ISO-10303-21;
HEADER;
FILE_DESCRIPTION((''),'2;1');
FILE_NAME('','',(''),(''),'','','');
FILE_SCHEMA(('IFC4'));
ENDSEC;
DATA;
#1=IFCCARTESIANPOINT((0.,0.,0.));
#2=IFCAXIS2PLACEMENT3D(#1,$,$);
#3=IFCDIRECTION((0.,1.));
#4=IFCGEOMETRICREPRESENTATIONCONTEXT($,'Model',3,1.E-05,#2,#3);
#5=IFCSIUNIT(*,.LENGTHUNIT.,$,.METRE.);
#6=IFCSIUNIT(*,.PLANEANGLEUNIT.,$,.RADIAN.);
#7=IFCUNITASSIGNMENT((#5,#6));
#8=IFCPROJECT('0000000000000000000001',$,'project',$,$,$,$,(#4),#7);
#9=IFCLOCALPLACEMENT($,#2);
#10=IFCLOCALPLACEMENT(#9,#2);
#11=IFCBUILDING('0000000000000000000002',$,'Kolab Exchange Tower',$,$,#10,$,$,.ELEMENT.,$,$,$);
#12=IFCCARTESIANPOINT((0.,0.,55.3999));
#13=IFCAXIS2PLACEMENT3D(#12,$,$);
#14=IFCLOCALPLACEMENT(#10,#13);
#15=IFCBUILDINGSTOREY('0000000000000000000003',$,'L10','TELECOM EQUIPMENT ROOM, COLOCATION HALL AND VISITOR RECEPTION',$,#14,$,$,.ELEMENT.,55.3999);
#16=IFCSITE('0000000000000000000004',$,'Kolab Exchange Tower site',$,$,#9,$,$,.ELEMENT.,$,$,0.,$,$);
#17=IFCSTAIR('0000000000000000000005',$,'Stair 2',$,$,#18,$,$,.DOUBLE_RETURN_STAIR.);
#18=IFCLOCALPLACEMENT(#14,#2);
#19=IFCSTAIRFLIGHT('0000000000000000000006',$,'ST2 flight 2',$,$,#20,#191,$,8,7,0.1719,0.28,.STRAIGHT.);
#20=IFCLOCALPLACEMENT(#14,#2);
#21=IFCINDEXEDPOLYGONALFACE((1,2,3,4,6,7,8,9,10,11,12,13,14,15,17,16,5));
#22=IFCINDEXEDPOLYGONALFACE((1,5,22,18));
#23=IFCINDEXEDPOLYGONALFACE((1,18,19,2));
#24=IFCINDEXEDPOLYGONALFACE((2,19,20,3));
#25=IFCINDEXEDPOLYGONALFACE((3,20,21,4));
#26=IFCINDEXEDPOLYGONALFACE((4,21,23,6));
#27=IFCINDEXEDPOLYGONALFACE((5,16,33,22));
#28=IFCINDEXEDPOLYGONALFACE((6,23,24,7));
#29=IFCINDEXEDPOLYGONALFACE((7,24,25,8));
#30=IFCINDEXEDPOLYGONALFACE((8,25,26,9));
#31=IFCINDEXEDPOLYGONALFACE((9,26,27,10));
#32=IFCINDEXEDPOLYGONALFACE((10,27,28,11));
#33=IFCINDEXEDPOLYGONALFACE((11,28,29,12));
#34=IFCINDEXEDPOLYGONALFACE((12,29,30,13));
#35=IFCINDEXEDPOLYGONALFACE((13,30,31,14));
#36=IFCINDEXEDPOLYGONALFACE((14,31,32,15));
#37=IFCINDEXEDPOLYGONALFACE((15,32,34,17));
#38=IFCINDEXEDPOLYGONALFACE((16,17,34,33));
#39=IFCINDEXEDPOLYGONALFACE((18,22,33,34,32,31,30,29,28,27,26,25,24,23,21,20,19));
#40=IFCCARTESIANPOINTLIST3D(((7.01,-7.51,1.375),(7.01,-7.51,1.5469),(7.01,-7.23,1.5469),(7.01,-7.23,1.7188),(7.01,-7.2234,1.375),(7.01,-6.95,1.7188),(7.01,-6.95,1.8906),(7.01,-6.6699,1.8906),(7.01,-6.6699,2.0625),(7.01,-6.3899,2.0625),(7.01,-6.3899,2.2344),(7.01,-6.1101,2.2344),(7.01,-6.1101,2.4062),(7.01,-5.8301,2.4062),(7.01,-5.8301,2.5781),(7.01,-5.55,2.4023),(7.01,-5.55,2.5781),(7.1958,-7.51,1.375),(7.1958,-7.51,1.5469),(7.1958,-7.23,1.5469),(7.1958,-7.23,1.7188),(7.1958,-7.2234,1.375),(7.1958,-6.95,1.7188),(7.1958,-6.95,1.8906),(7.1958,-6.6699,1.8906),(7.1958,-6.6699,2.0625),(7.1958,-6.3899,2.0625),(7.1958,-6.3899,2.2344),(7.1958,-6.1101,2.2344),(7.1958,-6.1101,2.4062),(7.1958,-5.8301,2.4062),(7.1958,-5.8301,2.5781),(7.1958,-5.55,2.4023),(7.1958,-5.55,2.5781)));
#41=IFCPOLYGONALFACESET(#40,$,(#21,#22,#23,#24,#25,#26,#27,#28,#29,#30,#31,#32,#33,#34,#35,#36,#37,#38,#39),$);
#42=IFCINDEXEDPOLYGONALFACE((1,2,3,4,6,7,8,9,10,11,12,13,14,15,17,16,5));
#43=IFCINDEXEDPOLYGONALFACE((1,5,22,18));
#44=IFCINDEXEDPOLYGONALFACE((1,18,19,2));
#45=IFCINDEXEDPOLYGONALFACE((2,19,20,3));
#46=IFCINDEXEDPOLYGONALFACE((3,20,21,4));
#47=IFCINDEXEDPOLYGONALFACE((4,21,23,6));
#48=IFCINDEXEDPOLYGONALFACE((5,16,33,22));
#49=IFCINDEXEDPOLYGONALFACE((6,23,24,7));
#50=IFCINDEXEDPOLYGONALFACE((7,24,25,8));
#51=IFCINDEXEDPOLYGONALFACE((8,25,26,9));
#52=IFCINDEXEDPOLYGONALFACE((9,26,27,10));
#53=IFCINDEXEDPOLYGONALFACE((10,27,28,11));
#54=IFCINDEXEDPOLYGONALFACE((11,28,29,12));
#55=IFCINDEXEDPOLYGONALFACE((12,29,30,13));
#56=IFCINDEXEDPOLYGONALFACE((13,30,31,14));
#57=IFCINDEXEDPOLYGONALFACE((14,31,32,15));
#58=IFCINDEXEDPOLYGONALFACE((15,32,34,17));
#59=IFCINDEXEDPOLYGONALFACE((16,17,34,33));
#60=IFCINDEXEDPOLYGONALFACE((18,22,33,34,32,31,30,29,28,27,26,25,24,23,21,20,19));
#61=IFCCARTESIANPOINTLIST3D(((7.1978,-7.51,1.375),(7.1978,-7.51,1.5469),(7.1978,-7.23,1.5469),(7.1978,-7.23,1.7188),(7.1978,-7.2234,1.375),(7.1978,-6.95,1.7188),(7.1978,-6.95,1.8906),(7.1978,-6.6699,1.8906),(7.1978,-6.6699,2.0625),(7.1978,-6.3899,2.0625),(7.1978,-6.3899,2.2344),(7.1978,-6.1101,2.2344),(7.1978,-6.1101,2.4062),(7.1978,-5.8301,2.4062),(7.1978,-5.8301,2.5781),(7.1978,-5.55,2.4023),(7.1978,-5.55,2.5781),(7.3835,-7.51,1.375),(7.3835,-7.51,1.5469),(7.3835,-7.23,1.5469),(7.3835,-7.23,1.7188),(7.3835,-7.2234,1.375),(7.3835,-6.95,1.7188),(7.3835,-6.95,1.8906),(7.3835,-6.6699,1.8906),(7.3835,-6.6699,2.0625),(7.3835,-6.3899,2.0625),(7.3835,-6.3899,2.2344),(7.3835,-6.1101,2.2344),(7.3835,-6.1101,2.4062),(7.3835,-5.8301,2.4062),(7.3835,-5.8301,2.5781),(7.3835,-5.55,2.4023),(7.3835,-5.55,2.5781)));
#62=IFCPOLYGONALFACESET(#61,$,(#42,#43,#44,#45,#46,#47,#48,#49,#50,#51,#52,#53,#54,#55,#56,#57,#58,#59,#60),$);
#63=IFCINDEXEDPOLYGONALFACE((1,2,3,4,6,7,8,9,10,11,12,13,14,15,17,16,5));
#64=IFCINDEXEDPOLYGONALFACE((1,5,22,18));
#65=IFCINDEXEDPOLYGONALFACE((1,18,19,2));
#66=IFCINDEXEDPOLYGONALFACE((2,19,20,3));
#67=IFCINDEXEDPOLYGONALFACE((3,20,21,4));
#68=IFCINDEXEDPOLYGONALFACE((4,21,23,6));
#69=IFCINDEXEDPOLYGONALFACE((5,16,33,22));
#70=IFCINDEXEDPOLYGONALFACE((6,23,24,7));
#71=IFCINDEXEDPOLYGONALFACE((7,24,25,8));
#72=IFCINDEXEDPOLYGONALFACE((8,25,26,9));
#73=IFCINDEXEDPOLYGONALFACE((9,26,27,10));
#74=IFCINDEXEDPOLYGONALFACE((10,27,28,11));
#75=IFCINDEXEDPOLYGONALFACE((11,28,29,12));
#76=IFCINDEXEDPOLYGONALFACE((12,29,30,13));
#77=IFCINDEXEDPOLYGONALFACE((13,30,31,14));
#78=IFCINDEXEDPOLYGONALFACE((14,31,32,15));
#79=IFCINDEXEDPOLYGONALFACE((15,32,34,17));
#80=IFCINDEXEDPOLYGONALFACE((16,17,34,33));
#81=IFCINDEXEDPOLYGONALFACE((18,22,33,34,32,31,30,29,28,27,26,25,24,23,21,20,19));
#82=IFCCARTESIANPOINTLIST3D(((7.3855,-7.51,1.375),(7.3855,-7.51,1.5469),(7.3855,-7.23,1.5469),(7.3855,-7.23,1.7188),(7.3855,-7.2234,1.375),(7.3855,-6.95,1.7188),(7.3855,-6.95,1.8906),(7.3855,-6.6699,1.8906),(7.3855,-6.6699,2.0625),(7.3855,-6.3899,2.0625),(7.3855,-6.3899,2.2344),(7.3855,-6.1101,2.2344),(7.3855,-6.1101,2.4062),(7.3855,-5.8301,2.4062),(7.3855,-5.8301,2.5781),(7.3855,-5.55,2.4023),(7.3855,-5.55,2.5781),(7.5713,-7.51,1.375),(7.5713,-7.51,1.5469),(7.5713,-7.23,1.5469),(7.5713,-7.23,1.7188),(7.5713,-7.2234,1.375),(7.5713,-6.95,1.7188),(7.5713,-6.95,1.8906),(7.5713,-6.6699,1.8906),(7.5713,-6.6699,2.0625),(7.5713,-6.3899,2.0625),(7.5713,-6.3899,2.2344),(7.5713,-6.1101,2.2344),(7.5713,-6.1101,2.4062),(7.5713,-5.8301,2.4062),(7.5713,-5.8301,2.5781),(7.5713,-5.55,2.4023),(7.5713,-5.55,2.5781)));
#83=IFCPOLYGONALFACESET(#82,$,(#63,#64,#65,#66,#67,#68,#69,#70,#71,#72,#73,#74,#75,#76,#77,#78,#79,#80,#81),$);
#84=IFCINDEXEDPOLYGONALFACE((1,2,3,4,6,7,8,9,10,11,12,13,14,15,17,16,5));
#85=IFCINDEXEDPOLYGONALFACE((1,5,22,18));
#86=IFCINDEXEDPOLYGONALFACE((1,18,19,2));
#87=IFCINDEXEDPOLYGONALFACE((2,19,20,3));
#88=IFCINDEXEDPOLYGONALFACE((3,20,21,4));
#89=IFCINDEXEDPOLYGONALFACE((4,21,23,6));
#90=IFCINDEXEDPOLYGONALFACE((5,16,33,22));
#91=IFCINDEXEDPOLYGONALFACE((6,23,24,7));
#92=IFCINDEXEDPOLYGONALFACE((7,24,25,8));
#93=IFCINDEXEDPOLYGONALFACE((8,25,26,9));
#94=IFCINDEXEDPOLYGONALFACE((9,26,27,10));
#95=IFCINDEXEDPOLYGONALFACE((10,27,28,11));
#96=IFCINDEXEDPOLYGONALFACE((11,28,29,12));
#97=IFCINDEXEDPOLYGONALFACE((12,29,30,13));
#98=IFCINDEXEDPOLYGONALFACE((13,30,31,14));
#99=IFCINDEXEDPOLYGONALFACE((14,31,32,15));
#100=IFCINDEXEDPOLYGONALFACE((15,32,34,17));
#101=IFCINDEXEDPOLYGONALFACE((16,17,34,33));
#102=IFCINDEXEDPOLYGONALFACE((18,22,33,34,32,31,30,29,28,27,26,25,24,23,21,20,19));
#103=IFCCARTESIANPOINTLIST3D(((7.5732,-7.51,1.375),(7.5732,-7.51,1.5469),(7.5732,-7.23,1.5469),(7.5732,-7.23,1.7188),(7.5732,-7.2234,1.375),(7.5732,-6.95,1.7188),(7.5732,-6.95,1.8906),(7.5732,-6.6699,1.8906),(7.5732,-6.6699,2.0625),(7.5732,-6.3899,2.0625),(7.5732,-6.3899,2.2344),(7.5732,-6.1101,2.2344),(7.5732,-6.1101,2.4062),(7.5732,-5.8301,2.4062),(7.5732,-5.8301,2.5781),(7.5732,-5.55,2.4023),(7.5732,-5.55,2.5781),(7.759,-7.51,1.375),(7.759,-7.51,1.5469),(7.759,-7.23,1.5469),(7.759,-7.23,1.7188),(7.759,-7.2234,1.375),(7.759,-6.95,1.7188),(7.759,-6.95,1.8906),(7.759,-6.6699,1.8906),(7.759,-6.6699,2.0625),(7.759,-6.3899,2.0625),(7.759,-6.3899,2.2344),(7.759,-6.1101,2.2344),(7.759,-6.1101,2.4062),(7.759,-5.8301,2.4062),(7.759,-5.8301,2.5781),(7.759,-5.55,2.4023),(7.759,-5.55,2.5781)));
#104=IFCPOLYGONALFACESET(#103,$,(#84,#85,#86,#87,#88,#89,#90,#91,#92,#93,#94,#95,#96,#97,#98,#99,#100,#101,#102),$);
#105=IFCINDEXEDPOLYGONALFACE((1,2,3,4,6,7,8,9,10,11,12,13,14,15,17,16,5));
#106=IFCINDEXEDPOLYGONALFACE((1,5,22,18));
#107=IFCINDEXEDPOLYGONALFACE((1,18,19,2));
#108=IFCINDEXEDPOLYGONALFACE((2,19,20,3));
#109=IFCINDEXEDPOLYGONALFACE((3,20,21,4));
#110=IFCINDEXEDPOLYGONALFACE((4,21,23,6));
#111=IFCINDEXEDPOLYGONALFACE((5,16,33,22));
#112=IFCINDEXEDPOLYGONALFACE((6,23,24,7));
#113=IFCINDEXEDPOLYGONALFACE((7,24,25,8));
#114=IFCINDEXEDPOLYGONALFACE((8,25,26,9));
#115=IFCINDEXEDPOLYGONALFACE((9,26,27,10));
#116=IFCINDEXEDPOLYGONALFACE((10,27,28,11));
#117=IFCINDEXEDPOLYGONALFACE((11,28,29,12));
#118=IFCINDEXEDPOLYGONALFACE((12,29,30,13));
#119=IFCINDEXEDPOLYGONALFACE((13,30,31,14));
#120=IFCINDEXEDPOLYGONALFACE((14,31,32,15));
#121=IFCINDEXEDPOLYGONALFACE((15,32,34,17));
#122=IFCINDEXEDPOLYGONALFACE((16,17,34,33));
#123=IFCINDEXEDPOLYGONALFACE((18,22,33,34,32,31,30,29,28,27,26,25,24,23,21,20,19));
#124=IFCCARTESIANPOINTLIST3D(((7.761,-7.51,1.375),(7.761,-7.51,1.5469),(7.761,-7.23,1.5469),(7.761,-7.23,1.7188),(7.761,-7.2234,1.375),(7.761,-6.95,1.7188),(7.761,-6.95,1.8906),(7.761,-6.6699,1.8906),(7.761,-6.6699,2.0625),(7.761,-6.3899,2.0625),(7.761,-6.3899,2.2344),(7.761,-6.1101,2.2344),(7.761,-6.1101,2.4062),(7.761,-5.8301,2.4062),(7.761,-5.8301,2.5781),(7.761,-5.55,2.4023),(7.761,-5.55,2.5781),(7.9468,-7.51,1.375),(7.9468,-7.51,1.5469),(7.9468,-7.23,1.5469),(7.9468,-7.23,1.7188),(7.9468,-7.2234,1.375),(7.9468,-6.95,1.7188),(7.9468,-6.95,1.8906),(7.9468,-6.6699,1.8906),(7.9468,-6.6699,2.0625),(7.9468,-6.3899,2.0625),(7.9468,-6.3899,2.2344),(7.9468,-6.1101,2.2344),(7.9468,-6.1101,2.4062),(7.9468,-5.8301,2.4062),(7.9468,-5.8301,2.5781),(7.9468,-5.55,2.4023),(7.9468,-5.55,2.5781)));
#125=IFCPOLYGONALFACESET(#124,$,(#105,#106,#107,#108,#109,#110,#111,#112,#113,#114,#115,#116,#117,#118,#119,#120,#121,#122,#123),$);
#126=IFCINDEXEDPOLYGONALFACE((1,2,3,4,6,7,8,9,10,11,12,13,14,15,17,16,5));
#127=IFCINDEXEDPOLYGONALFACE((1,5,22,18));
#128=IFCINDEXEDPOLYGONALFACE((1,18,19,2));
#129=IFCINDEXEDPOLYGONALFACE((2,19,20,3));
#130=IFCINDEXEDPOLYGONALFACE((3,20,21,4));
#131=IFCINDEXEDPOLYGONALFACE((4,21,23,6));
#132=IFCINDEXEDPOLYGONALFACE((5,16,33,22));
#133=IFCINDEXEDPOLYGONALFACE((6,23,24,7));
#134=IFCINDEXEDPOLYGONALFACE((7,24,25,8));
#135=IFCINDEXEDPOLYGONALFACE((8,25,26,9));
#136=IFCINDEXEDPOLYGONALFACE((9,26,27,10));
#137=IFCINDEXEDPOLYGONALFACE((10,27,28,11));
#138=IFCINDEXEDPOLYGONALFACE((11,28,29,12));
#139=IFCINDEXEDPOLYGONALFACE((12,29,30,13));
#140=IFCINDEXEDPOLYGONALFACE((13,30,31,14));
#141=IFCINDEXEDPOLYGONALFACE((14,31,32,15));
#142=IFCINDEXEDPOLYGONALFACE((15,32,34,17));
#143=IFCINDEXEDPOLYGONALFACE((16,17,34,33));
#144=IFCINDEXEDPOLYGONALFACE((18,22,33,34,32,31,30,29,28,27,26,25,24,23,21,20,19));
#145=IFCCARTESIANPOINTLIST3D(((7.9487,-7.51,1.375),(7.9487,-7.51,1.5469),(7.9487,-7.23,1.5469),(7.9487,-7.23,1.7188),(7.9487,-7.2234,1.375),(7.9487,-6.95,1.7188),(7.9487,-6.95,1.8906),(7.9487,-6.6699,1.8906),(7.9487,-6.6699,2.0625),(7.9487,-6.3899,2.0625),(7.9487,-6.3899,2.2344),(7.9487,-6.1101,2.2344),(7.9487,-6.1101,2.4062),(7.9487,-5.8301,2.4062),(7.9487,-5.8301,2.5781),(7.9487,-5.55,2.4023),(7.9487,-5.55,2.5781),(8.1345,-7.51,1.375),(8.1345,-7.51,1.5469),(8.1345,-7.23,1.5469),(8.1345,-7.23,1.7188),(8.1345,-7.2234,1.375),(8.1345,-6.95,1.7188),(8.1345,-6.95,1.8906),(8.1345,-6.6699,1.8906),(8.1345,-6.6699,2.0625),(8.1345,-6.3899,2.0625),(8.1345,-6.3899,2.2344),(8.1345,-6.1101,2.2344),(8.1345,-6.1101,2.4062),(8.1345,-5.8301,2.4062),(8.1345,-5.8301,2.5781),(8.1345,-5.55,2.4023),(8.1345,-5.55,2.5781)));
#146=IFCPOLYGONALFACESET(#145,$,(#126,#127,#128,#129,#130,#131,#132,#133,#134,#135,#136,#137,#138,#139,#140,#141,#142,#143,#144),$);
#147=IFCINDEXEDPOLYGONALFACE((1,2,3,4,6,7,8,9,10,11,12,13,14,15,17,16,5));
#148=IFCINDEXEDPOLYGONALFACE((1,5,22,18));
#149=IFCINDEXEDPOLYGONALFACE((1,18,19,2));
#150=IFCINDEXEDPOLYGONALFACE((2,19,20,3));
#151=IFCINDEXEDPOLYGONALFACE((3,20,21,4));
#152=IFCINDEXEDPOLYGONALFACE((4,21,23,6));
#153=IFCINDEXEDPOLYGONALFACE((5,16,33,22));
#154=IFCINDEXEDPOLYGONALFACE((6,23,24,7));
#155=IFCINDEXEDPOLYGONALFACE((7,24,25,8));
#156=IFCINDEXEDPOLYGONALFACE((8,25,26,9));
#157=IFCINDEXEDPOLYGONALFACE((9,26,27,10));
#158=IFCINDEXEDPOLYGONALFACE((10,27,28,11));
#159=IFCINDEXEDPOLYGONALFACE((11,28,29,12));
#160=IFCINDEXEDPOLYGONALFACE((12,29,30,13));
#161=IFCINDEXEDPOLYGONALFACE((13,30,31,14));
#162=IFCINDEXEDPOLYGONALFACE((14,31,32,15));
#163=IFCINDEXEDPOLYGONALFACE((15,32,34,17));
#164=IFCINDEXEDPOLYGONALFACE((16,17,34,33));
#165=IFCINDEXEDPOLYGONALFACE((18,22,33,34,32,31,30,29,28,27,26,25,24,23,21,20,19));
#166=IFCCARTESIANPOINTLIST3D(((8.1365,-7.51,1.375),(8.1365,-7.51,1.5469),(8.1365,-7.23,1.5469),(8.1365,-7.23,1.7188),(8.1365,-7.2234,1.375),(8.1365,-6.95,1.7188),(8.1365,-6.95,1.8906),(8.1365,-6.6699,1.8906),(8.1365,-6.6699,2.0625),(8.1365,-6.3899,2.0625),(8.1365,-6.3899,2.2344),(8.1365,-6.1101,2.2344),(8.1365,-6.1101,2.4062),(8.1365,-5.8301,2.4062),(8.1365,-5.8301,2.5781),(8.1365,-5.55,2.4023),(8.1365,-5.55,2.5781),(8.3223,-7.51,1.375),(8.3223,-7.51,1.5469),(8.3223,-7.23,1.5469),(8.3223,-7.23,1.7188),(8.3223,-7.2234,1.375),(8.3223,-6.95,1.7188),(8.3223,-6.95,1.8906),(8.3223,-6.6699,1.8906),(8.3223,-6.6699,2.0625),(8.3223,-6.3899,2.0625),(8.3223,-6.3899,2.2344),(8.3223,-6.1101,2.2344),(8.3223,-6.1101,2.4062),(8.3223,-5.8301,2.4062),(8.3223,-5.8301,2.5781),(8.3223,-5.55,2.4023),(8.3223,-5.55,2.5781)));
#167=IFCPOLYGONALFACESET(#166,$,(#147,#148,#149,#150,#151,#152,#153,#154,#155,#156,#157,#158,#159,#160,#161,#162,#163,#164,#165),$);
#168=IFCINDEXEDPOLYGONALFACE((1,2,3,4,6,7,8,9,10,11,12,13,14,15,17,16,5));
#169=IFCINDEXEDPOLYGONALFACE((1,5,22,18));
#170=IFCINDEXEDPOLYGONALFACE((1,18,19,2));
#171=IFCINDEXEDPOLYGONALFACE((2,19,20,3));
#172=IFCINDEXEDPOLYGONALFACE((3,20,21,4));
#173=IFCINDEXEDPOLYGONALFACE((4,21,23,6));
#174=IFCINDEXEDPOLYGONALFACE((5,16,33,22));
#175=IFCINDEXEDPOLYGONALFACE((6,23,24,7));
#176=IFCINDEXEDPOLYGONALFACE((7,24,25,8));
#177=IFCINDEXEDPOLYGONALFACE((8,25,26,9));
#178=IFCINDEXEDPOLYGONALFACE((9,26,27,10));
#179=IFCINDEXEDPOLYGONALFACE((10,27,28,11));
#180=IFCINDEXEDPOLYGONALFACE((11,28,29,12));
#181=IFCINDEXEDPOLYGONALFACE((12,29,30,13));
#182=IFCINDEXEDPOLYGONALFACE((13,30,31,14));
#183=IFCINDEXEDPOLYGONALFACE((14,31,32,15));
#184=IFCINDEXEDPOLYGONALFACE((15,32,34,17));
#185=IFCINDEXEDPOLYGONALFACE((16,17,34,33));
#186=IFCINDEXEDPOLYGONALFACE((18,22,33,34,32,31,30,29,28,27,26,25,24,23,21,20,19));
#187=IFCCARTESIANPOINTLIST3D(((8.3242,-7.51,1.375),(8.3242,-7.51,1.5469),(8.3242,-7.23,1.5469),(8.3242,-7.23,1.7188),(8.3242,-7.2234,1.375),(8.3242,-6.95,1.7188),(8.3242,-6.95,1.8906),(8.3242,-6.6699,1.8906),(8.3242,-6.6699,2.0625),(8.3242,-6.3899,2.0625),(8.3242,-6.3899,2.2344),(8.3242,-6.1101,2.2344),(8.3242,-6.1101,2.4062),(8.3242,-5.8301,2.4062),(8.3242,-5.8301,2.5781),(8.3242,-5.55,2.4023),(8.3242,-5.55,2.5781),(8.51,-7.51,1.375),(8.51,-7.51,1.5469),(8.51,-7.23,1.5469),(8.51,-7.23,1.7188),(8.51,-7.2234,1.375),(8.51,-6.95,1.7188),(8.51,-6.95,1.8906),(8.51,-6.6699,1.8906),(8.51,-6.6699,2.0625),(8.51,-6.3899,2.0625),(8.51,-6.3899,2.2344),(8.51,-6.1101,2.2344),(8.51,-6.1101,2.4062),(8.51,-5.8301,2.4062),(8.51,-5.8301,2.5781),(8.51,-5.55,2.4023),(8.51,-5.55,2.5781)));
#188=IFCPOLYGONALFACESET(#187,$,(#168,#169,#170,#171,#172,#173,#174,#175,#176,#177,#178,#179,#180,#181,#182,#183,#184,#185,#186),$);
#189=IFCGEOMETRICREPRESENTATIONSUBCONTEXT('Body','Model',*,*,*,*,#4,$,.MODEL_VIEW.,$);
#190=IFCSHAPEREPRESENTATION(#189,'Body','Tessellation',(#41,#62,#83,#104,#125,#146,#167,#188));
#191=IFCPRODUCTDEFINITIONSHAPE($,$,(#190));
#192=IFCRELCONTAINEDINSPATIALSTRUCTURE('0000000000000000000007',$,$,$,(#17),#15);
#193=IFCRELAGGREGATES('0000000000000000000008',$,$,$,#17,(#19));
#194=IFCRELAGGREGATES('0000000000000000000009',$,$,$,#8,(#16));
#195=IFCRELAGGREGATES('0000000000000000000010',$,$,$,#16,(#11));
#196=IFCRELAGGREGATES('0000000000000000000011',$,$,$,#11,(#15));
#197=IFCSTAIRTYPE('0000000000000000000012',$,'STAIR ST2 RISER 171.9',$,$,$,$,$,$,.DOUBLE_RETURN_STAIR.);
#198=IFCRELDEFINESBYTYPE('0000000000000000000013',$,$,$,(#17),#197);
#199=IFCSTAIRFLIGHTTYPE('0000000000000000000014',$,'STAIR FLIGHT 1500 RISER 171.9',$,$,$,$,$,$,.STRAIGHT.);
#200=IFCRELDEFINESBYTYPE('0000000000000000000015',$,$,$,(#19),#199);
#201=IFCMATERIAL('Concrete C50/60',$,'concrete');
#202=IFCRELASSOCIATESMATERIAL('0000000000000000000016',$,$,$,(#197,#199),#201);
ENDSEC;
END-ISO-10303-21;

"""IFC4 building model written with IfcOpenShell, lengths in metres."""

from ifc_helpers import new_model, si_unit, direction, frame, origin, place, context, subcontext, project, spatial, polyline, outline, extrude, material, type_object, element, aggregate, save


model = new_model("IFC4")

# Units and contexts
model_context = context("Model", 3, precision=1e-05, world=origin(), true_north=direction((0.0, 1.0)))
body_context = subcontext(model_context, "Body", "Model", "MODEL_VIEW")
ifc_project = project(units=[si_unit("LENGTHUNIT", "METRE"), si_unit("PLANEANGLEUNIT", "RADIAN")], contexts=[model_context])

# Site, building, storey
site_placement = place(None, origin())
site = spatial("IfcSite", under=ifc_project, at=site_placement, Name="Kolab Exchange Tower site", CompositionType="ELEMENT", RefElevation=0.0)
building_placement = place(site_placement, origin())
building = spatial("IfcBuilding", under=site, at=building_placement, Name="Kolab Exchange Tower", CompositionType="ELEMENT")
storey_placement = place(building_placement, frame((0.0, 0.0, 55.3999)))
storey = spatial("IfcBuildingStorey", under=building, at=storey_placement, Name="L10", Description="TELECOM EQUIPMENT ROOM, COLOCATION HALL AND VISITOR RECEPTION", CompositionType="ELEMENT", Elevation=55.3999)

# Shared definitions
ifc_material_1 = material(Name="Concrete C50/60", Category="concrete")

# Stair, stair flight
stair_type = type_object("IfcStairType", Name="STAIR ST2 RISER 171.9", PredefinedType="DOUBLE_RETURN_STAIR", material=ifc_material_1)
stair_placement = place(storey_placement, origin())
stair = element("IfcStair", 1, at=stair_placement, inside=storey, type_object=stair_type, Name="Stair 2", PredefinedType="DOUBLE_RETURN_STAIR")
stair_flight_type = type_object("IfcStairFlightType", Name="STAIR FLIGHT 1500 RISER 171.9", PredefinedType="STRAIGHT", material=ifc_material_1)
stair_flight_1_placement = place(storey_placement, frame((7.76, -7.51, 1.375), z_axis=(0.0, 0.0, 1.0), x_axis=(0.0, 1.0, 0.0)))
stair_flight_1 = element("IfcStairFlight", 2, at=stair_flight_1_placement, type_object=stair_flight_type, Name="ST2 flight 2", NumberOfRisers=8, NumberOfTreads=7, PredefinedType="STRAIGHT", RiserHeight=0.1719, TreadLength=0.28, context=body_context, shape_type="SweptSolid", body=[
    extrude(outline(polyline([(0.0, 0.0), (0.0, 0.1719), (0.28, 0.1719), (0.28, 0.3438), (0.5601, 0.3438), (0.5601, 0.5156), (0.8401, 0.5156), (0.8401, 0.6875), (1.1201, 0.6875), (1.1201, 0.8594), (1.3999, 0.8594), (1.3999, 1.0312), (1.6799, 1.0312), (1.6799, 1.2031), (1.96, 1.2031), (1.96, 1.375), (1.96, 1.0273), (0.2866, 0.0), (0.0, 0.0)])), frame((0.0, 0.75, 0.0), z_axis=(0.0, -1.0, 0.0), x_axis=(1.0, 0.0, 0.0)), (0.0, 0.0, 1.0), 0.1858),
    extrude(outline(polyline([(0.0, 0.0), (0.0, 0.1719), (0.28, 0.1719), (0.28, 0.3438), (0.5601, 0.3438), (0.5601, 0.5156), (0.8401, 0.5156), (0.8401, 0.6875), (1.1201, 0.6875), (1.1201, 0.8594), (1.3999, 0.8594), (1.3999, 1.0312), (1.6799, 1.0312), (1.6799, 1.2031), (1.96, 1.2031), (1.96, 1.375), (1.96, 1.0273), (0.2866, 0.0), (0.0, 0.0)])), frame((0.0, 0.5623, 0.0), z_axis=(0.0, -1.0, 0.0), x_axis=(1.0, 0.0, 0.0)), (0.0, 0.0, 1.0), 0.1858),
    extrude(outline(polyline([(0.0, 0.0), (0.0, 0.1719), (0.28, 0.1719), (0.28, 0.3438), (0.5601, 0.3438), (0.5601, 0.5156), (0.8401, 0.5156), (0.8401, 0.6875), (1.1201, 0.6875), (1.1201, 0.8594), (1.3999, 0.8594), (1.3999, 1.0312), (1.6799, 1.0312), (1.6799, 1.2031), (1.96, 1.2031), (1.96, 1.375), (1.96, 1.0273), (0.2866, 0.0), (0.0, 0.0)])), frame((0.0, 0.3745, 0.0), z_axis=(0.0, -1.0, 0.0), x_axis=(1.0, 0.0, 0.0)), (0.0, 0.0, 1.0), 0.1858),
    extrude(outline(polyline([(0.0, 0.0), (0.0, 0.1719), (0.28, 0.1719), (0.28, 0.3438), (0.5601, 0.3438), (0.5601, 0.5156), (0.8401, 0.5156), (0.8401, 0.6875), (1.1201, 0.6875), (1.1201, 0.8594), (1.3999, 0.8594), (1.3999, 1.0312), (1.6799, 1.0312), (1.6799, 1.2031), (1.96, 1.2031), (1.96, 1.375), (1.96, 1.0273), (0.2866, 0.0), (0.0, 0.0)])), frame((0.0, 0.1868, 0.0), z_axis=(0.0, -1.0, 0.0), x_axis=(1.0, 0.0, 0.0)), (0.0, 0.0, 1.0), 0.1858),
    extrude(outline(polyline([(0.0, 0.0), (0.0, 0.1719), (0.28, 0.1719), (0.28, 0.3438), (0.5601, 0.3438), (0.5601, 0.5156), (0.8401, 0.5156), (0.8401, 0.6875), (1.1201, 0.6875), (1.1201, 0.8594), (1.3999, 0.8594), (1.3999, 1.0312), (1.6799, 1.0312), (1.6799, 1.2031), (1.96, 1.2031), (1.96, 1.375), (1.96, 1.0273), (0.2866, 0.0), (0.0, 0.0)])), frame((0.0, -0.001, 0.0), z_axis=(0.0, -1.0, 0.0), x_axis=(1.0, 0.0, 0.0)), (0.0, 0.0, 1.0), 0.1858),
    extrude(outline(polyline([(0.0, 0.0), (0.0, 0.1719), (0.28, 0.1719), (0.28, 0.3438), (0.5601, 0.3438), (0.5601, 0.5156), (0.8401, 0.5156), (0.8401, 0.6875), (1.1201, 0.6875), (1.1201, 0.8594), (1.3999, 0.8594), (1.3999, 1.0312), (1.6799, 1.0312), (1.6799, 1.2031), (1.96, 1.2031), (1.96, 1.375), (1.96, 1.0273), (0.2866, 0.0), (0.0, 0.0)])), frame((0.0, -0.1887, 0.0), z_axis=(0.0, -1.0, 0.0), x_axis=(1.0, 0.0, 0.0)), (0.0, 0.0, 1.0), 0.1858),
    extrude(outline(polyline([(0.0, 0.0), (0.0, 0.1719), (0.28, 0.1719), (0.28, 0.3438), (0.5601, 0.3438), (0.5601, 0.5156), (0.8401, 0.5156), (0.8401, 0.6875), (1.1201, 0.6875), (1.1201, 0.8594), (1.3999, 0.8594), (1.3999, 1.0312), (1.6799, 1.0312), (1.6799, 1.2031), (1.96, 1.2031), (1.96, 1.375), (1.96, 1.0273), (0.2866, 0.0), (0.0, 0.0)])), frame((0.0, -0.3765, 0.0), z_axis=(0.0, -1.0, 0.0), x_axis=(1.0, 0.0, 0.0)), (0.0, 0.0, 1.0), 0.1858),
    extrude(outline(polyline([(0.0, 0.0), (0.0, 0.1719), (0.28, 0.1719), (0.28, 0.3438), (0.5601, 0.3438), (0.5601, 0.5156), (0.8401, 0.5156), (0.8401, 0.6875), (1.1201, 0.6875), (1.1201, 0.8594), (1.3999, 0.8594), (1.3999, 1.0312), (1.6799, 1.0312), (1.6799, 1.2031), (1.96, 1.2031), (1.96, 1.375), (1.96, 1.0273), (0.2866, 0.0), (0.0, 0.0)])), frame((0.0, -0.5642, 0.0), z_axis=(0.0, -1.0, 0.0), x_axis=(1.0, 0.0, 0.0)), (0.0, 0.0, 1.0), 0.1858),
])
aggregate(stair, [stair_flight_1])

save(model, "model.ifc")
